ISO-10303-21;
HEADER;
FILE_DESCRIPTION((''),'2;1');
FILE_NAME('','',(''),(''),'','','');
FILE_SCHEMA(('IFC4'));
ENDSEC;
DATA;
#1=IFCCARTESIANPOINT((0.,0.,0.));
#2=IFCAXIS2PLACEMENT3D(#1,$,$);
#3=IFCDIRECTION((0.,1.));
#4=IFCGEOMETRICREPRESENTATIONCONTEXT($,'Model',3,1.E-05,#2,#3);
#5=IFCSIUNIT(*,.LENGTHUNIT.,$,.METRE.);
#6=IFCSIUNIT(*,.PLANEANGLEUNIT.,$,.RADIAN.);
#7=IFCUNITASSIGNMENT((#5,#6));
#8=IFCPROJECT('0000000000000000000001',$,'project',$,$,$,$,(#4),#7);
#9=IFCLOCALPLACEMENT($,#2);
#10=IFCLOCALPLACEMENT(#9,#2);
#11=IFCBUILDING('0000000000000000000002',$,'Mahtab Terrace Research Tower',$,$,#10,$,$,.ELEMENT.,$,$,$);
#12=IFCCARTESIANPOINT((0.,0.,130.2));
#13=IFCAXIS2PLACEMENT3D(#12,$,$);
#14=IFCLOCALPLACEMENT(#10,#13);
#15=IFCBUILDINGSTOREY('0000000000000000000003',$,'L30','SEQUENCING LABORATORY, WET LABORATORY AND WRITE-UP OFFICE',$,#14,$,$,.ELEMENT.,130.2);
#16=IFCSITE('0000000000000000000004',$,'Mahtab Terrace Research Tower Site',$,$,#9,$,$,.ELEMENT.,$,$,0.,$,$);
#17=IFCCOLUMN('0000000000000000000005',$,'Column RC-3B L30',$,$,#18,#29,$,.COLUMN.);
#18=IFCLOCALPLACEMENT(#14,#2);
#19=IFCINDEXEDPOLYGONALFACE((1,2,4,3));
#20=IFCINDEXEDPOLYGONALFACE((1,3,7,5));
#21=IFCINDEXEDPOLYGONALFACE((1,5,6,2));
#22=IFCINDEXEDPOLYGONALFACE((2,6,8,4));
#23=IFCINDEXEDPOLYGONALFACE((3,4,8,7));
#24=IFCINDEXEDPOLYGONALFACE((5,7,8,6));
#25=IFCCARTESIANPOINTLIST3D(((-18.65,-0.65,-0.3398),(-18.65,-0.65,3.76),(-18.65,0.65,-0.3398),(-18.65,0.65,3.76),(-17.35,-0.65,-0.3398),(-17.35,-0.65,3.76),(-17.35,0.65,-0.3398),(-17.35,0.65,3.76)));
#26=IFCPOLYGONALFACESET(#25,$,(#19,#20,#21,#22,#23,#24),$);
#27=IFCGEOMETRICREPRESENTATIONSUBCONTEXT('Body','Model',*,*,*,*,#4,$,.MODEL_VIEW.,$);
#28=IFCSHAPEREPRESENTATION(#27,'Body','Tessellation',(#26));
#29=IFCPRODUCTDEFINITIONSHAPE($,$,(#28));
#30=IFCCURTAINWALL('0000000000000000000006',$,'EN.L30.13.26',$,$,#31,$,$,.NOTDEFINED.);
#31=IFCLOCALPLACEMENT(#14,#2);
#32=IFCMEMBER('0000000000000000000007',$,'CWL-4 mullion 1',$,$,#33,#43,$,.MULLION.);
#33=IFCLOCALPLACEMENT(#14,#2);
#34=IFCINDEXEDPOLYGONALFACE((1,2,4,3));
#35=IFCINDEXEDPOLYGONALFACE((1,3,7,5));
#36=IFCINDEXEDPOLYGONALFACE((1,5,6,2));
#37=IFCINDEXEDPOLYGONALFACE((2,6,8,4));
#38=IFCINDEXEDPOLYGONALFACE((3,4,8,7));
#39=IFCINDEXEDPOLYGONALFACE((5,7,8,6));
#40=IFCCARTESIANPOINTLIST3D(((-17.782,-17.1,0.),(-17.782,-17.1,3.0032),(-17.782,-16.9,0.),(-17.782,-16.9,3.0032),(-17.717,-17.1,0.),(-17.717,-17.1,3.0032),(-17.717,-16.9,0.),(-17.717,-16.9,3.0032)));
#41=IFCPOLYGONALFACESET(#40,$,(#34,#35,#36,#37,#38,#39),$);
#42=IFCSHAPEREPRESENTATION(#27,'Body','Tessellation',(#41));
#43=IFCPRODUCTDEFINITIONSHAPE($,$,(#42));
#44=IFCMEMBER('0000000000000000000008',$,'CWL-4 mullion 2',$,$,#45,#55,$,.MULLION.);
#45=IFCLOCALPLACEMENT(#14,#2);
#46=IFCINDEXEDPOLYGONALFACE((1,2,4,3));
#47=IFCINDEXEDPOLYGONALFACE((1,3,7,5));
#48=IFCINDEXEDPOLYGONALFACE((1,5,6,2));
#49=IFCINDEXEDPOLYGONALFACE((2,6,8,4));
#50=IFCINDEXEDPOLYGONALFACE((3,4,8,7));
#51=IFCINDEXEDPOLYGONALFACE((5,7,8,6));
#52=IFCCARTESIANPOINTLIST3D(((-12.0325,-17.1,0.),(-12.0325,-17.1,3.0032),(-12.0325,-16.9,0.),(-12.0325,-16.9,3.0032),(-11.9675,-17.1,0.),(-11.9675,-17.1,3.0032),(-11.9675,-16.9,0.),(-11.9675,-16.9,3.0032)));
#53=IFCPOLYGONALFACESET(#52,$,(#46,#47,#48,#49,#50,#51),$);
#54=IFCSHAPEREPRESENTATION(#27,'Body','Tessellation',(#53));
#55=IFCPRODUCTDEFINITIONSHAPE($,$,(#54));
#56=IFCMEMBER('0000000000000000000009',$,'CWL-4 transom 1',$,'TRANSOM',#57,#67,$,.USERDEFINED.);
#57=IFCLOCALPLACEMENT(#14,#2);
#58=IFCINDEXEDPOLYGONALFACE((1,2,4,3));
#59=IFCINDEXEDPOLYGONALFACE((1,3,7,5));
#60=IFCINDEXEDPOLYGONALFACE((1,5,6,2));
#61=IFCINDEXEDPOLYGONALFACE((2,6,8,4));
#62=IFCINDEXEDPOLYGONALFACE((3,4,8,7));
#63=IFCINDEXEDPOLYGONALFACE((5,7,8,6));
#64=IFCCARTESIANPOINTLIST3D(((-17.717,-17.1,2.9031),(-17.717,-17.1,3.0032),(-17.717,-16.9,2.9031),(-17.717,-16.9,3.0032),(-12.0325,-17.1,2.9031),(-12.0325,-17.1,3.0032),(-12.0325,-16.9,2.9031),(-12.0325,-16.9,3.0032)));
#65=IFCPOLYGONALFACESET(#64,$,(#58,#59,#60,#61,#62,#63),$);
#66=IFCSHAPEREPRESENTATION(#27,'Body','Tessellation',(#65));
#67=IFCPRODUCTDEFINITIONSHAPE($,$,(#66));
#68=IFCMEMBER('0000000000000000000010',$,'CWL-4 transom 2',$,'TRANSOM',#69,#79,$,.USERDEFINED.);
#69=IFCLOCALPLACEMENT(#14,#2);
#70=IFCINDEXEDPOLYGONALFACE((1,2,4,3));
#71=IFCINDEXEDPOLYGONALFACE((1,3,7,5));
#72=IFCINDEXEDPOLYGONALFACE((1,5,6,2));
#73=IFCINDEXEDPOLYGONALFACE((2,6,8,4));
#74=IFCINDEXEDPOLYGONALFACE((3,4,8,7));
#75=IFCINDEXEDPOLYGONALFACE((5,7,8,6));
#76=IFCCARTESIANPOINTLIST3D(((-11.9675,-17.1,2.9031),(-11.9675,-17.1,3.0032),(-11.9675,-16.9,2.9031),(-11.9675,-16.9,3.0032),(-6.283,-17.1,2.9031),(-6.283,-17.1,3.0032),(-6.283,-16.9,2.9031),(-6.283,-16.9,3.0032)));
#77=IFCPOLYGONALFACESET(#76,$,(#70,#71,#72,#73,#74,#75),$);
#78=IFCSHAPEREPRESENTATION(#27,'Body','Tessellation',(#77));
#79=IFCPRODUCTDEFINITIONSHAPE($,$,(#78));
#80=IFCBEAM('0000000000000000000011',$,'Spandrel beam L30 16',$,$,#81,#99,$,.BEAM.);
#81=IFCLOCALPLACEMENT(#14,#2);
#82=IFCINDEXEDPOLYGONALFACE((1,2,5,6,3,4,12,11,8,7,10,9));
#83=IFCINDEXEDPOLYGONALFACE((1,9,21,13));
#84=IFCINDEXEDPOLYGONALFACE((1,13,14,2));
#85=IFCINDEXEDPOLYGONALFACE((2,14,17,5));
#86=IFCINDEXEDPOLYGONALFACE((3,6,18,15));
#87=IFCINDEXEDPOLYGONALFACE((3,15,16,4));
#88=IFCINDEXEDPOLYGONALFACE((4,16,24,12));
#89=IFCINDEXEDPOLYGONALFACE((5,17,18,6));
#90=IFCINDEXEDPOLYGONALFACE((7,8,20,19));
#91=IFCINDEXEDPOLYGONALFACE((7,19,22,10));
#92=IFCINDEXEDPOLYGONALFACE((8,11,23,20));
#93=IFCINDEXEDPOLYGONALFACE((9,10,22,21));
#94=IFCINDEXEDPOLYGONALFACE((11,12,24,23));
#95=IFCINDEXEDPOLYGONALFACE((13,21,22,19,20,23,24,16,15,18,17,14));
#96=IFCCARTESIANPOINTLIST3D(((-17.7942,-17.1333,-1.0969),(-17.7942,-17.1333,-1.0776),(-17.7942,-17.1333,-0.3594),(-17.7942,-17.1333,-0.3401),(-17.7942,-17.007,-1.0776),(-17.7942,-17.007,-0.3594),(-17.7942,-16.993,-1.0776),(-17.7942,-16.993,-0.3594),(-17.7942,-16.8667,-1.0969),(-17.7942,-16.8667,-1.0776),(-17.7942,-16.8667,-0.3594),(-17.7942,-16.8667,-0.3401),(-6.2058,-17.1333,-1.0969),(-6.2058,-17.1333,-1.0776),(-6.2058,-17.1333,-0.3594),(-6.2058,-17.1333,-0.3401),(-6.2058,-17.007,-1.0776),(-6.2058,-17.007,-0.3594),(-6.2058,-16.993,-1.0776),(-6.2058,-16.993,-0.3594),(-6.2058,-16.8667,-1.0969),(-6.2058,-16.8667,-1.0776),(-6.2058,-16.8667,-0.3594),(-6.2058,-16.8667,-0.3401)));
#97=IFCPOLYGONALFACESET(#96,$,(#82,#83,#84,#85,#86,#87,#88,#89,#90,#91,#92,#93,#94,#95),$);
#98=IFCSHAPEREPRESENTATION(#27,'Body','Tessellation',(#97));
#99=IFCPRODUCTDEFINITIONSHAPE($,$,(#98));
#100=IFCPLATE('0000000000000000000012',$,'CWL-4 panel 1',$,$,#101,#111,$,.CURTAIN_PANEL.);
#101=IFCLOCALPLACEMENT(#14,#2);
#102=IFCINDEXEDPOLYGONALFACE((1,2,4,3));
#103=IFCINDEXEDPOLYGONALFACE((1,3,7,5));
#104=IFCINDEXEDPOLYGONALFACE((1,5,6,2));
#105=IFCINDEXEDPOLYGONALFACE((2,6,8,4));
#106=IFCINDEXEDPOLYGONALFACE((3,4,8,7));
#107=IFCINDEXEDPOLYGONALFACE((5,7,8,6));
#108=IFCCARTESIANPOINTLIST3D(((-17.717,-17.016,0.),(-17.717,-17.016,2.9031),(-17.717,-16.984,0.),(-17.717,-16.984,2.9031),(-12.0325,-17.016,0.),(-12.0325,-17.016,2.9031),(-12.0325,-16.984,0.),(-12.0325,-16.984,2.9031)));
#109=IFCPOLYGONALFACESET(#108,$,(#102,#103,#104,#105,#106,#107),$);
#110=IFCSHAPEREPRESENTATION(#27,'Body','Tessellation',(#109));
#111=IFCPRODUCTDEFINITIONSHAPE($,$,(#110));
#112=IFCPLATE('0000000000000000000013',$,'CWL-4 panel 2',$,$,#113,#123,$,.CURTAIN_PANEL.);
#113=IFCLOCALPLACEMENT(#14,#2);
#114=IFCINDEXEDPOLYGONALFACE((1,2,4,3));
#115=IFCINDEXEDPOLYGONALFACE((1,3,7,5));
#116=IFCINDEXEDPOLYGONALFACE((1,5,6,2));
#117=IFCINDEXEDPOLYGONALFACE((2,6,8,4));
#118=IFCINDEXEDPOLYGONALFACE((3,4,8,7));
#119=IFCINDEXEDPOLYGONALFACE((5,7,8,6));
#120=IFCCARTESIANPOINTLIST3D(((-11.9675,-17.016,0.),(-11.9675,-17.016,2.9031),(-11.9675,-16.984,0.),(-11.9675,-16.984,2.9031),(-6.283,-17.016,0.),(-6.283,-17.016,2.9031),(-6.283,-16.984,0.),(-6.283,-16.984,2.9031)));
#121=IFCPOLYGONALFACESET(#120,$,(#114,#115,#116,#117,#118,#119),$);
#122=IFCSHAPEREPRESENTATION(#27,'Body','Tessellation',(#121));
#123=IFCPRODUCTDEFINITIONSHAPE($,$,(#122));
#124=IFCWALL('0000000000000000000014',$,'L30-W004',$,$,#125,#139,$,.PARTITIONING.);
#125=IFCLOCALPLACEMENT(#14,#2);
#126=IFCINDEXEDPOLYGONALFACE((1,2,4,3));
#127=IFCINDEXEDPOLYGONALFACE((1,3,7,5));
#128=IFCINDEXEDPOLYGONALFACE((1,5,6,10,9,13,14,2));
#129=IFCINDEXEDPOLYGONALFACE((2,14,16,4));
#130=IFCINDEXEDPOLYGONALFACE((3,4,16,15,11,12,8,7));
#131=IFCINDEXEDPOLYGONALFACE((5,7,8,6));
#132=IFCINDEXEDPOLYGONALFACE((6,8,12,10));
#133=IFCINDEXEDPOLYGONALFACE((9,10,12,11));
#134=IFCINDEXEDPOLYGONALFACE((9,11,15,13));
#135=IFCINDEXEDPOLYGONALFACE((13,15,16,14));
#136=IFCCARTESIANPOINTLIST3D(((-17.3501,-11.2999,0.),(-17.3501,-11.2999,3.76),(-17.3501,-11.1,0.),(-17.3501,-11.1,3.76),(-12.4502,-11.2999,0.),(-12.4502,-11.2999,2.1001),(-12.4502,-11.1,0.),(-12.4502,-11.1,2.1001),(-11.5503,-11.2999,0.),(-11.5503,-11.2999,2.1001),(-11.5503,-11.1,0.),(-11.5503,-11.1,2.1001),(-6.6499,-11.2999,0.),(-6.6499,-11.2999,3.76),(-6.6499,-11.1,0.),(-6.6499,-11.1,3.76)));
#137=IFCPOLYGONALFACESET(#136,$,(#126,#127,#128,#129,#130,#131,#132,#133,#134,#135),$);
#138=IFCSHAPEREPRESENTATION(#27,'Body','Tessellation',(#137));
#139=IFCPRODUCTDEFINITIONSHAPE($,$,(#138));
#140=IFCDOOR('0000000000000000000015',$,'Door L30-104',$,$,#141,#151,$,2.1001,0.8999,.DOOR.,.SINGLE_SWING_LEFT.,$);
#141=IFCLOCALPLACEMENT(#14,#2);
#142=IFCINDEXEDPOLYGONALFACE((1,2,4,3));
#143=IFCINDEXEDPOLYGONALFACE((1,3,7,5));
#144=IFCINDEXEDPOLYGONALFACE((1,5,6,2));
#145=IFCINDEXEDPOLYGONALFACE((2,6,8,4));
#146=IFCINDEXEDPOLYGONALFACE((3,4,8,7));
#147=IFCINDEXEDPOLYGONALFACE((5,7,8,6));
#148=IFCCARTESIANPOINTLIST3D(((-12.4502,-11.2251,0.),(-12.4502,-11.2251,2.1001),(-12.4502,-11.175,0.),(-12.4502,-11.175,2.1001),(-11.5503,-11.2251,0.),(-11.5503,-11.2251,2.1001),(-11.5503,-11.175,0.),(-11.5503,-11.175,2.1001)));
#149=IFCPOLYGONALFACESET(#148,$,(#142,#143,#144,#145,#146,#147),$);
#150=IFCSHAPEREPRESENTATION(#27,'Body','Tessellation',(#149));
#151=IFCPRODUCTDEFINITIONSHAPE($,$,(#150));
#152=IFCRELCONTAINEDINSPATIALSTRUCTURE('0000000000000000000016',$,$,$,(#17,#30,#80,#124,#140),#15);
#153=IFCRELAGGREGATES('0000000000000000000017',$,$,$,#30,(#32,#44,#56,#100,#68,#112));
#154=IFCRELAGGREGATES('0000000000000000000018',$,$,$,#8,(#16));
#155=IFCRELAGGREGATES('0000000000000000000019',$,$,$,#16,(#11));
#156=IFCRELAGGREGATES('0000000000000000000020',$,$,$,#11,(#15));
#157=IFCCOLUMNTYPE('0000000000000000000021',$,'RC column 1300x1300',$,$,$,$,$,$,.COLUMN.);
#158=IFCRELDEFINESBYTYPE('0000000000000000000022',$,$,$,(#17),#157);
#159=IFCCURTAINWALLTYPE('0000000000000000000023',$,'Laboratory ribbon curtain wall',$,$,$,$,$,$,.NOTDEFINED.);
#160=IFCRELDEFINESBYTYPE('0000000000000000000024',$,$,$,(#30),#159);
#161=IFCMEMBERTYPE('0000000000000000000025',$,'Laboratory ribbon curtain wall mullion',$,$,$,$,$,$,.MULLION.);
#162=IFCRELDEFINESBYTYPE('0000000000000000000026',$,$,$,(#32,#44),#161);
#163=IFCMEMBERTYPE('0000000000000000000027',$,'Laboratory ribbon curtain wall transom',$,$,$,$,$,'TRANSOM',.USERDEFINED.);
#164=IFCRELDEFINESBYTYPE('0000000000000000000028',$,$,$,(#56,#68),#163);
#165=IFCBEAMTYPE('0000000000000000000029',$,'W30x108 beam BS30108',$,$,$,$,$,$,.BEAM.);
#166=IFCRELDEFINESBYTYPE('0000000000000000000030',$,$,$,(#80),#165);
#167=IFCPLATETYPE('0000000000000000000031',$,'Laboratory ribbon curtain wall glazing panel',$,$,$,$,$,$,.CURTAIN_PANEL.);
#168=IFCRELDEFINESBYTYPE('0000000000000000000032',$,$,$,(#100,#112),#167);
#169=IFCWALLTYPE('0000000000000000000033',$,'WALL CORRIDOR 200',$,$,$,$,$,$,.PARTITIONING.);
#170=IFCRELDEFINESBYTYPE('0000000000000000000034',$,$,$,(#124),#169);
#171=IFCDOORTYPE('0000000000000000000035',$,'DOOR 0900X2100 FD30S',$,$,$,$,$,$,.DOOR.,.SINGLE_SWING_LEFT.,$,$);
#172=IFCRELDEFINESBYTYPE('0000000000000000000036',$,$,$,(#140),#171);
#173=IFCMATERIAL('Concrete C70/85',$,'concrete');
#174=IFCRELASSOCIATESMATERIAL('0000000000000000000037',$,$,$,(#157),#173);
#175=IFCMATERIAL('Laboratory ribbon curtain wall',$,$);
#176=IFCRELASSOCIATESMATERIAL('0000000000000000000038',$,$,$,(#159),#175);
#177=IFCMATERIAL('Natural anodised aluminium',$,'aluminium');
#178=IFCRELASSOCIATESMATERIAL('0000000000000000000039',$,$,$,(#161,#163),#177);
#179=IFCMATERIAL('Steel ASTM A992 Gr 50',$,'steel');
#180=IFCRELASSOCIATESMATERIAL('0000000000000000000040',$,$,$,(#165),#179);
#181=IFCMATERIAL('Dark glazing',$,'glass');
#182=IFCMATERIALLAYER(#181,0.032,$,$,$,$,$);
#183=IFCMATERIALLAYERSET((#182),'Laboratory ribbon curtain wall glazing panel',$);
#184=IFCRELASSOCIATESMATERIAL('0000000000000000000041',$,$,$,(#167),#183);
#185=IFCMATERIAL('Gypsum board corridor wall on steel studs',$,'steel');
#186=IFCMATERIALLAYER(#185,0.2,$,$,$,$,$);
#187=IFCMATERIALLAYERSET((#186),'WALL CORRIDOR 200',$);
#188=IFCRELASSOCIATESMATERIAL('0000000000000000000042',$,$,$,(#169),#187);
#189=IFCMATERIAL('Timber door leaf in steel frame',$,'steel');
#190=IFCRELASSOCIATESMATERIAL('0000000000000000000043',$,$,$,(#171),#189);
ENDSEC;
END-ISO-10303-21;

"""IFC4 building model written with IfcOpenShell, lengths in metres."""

from ifc_helpers import new_model, si_unit, direction, frame, frame_2d, origin, origin_2d, place, context, subcontext, project, spatial, rectangle, i_section, extrude, material, layer, layer_set, material_profile, profile_set, type_object, element, fill, aggregate, save


model = new_model("IFC4")

# Units and contexts
model_context = context("Model", 3, precision=1e-05, world=origin(), true_north=direction((0.0, 1.0)))
body_context = subcontext(model_context, "Body", "Model", "MODEL_VIEW")
ifc_project = project(units=[si_unit("LENGTHUNIT", "METRE"), si_unit("PLANEANGLEUNIT", "RADIAN")], contexts=[model_context])

# Site, building, storey
site_placement = place(None, origin())
site = spatial("IfcSite", under=ifc_project, at=site_placement, Name="Mahtab Terrace Research Tower Site", CompositionType="ELEMENT", RefElevation=0.0)
building_placement = place(site_placement, origin())
building = spatial("IfcBuilding", under=site, at=building_placement, Name="Mahtab Terrace Research Tower", CompositionType="ELEMENT")
storey_placement = place(building_placement, frame((0.0, 0.0, 130.2)))
storey = spatial("IfcBuildingStorey", under=building, at=storey_placement, Name="L30", Description="SEQUENCING LABORATORY, WET LABORATORY AND WRITE-UP OFFICE", CompositionType="ELEMENT", Elevation=130.2)

# Column
ifc_material_1 = material(Name="Concrete C70/85", Category="concrete")
ifc_material_profile_1 = material_profile(ifc_material_1, rectangle(XDim=1.3, YDim=1.3, at=origin_2d()), Name="RC column 1300x1300")
ifc_profile_set_1 = profile_set([ifc_material_profile_1], Name="Concrete C70/85")
column_type = type_object("IfcColumnType", Name="RC column 1300x1300", PredefinedType="COLUMN", material=ifc_profile_set_1)
column_placement = place(storey_placement, frame((-18.0, 0.0, -0.3398), z_axis=(0.0, 0.0, 1.0), x_axis=(1.0, 0.0, 0.0)))
element("IfcColumn", 1, at=column_placement, inside=storey, type_object=column_type, Name="Column RC-3B L30", PredefinedType="COLUMN", context=body_context, shape_type="SweptSolid", body=[
    extrude(rectangle(XDim=1.3, YDim=1.3, at=origin_2d()), origin(), (0.0, 0.0, 1.0), 4.0999),
])

# Curtain wall, members
ifc_material_2 = material(Name="Laboratory ribbon curtain wall")
curtain_wall_type = type_object("IfcCurtainWallType", Name="Laboratory ribbon curtain wall", PredefinedType="NOTDEFINED", material=ifc_material_2)
curtain_wall_placement = place(storey_placement, origin())
curtain_wall = element("IfcCurtainWall", 2, at=curtain_wall_placement, inside=storey, type_object=curtain_wall_type, Name="EN.L30.13.26", PredefinedType="NOTDEFINED")
ifc_material_3 = material(Name="Natural anodised aluminium", Category="aluminium")
ifc_material_profile_2 = material_profile(ifc_material_3, rectangle(XDim=0.2, YDim=0.0649, at=origin_2d()), Name="MULLION 65x200")
ifc_profile_set_2 = profile_set([ifc_material_profile_2], Name="Natural anodised aluminium")
member_type_1 = type_object("IfcMemberType", Name="Laboratory ribbon curtain wall mullion", PredefinedType="MULLION", material=ifc_profile_set_2)
member_1_placement = place(storey_placement, frame((-17.7495, -17.0, 0.0), z_axis=(0.0, 0.0, 1.0), x_axis=(0.0, 1.0, 0.0)))
member_1 = element("IfcMember", 3, at=member_1_placement, type_object=member_type_1, Name="CWL-4 mullion 1", PredefinedType="MULLION", context=body_context, shape_type="SweptSolid", body=[
    extrude(rectangle(XDim=0.2, YDim=0.0649, at=origin_2d()), origin(), (0.0, 0.0, 1.0), 3.0032),
])
member_2_placement = place(storey_placement, frame((-12.0, -17.0, 0.0), z_axis=(0.0, 0.0, 1.0), x_axis=(0.0, 1.0, 0.0)))
member_2 = element("IfcMember", 4, at=member_2_placement, type_object=member_type_1, Name="CWL-4 mullion 2", PredefinedType="MULLION", context=body_context, shape_type="SweptSolid", body=[
    extrude(rectangle(XDim=0.2, YDim=0.0649, at=origin_2d()), origin(), (0.0, 0.0, 1.0), 3.0032),
])
ifc_material_profile_3 = material_profile(ifc_material_3, rectangle(XDim=0.2, YDim=0.1001, at=origin_2d()), Name="TRANSOM 100x200")
ifc_profile_set_3 = profile_set([ifc_material_profile_3], Name="Natural anodised aluminium")
member_type_2 = type_object("IfcMemberType", Name="Laboratory ribbon curtain wall transom", ElementType="TRANSOM", PredefinedType="USERDEFINED", material=ifc_profile_set_3)
member_3_placement = place(storey_placement, frame((-17.717, -17.0, 2.9531), z_axis=(1.0, 0.0, 0.0), x_axis=(0.0, 1.0, 0.0)))
member_3 = element("IfcMember", 5, at=member_3_placement, type_object=member_type_2, Name="CWL-4 transom 1", ObjectType="TRANSOM", PredefinedType="USERDEFINED", context=body_context, shape_type="SweptSolid", body=[
    extrude(rectangle(XDim=0.2, YDim=0.1001, at=origin_2d()), origin(), (0.0, 0.0, 1.0), 5.6846),
])
member_4_placement = place(storey_placement, frame((-11.9675, -17.0, 2.9531), z_axis=(1.0, 0.0, 0.0), x_axis=(0.0, 1.0, 0.0)))
member_4 = element("IfcMember", 6, at=member_4_placement, type_object=member_type_2, Name="CWL-4 transom 2", ObjectType="TRANSOM", PredefinedType="USERDEFINED", context=body_context, shape_type="SweptSolid", body=[
    extrude(rectangle(XDim=0.2, YDim=0.1001, at=origin_2d()), origin(), (0.0, 0.0, 1.0), 5.6846),
])

# Beam
ifc_material_4 = material(Name="Steel ASTM A992 Gr 50", Category="steel")
ifc_material_profile_4 = material_profile(ifc_material_4, i_section(OverallWidth=0.2666, OverallDepth=0.7568, WebThickness=0.0139, FlangeThickness=0.0193, at=origin_2d()), Name="W30X108")
ifc_profile_set_4 = profile_set([ifc_material_profile_4], Name="Steel ASTM A992 Gr 50")
beam_type = type_object("IfcBeamType", Name="W30x108 beam BS30108", PredefinedType="BEAM", material=ifc_profile_set_4)
beam_placement = place(storey_placement, frame((-17.7942, -17.0, -0.7185), z_axis=(1.0, 0.0, 0.0), x_axis=(0.0, 1.0, 0.0)))
element("IfcBeam", 7, at=beam_placement, inside=storey, type_object=beam_type, Name="Spandrel beam L30 16", PredefinedType="BEAM", context=body_context, shape_type="SweptSolid", body=[
    extrude(i_section(OverallWidth=0.2666, OverallDepth=0.7568, WebThickness=0.0139, FlangeThickness=0.0193, at=origin_2d()), origin(), (0.0, 0.0, 1.0), 11.5884),
])

# Plates
ifc_material_5 = material(Name="Dark glazing", Category="glass")
ifc_layer_1 = layer(ifc_material_5, 0.032)
ifc_layer_set_1 = layer_set([ifc_layer_1], Name="Laboratory ribbon curtain wall glazing panel")
plate_type = type_object("IfcPlateType", Name="Laboratory ribbon curtain wall glazing panel", PredefinedType="CURTAIN_PANEL", material=ifc_layer_set_1)
plate_1_placement = place(storey_placement, frame((-14.8748, -17.0, 0.0), z_axis=(0.0, 0.0, 1.0), x_axis=(1.0, 0.0, 0.0)))
plate_1 = element("IfcPlate", 8, at=plate_1_placement, type_object=plate_type, Name="CWL-4 panel 1", PredefinedType="CURTAIN_PANEL", context=body_context, shape_type="SweptSolid", body=[
    extrude(rectangle(XDim=5.6846, YDim=0.032, at=origin_2d()), origin(), (0.0, 0.0, 1.0), 2.9031),
])
plate_2_placement = place(storey_placement, frame((-9.1252, -17.0, 0.0), z_axis=(0.0, 0.0, 1.0), x_axis=(1.0, 0.0, 0.0)))
plate_2 = element("IfcPlate", 9, at=plate_2_placement, type_object=plate_type, Name="CWL-4 panel 2", PredefinedType="CURTAIN_PANEL", context=body_context, shape_type="SweptSolid", body=[
    extrude(rectangle(XDim=5.6846, YDim=0.032, at=origin_2d()), origin(), (0.0, 0.0, 1.0), 2.9031),
])
aggregate(curtain_wall, [member_1, member_2, member_3, plate_1, member_4, plate_2])

# Wall, opening, door
ifc_material_6 = material(Name="Gypsum board corridor wall on steel studs", Category="steel")
ifc_layer_2 = layer(ifc_material_6, 0.2)
ifc_layer_set_2 = layer_set([ifc_layer_2], Name="WALL CORRIDOR 200")
wall_type_1 = type_object("IfcWallType", Name="WALL CORRIDOR 200", PredefinedType="PARTITIONING", material=ifc_layer_set_2)
wall_1_placement = place(storey_placement, frame((-17.3501, -11.2, 0.0), z_axis=(0.0, 0.0, 1.0), x_axis=(1.0, 0.0, 0.0)))
wall_1 = element("IfcWall", 10, at=wall_1_placement, inside=storey, type_object=wall_type_1, Name="L30-W004", PredefinedType="PARTITIONING", context=body_context, shape_type="SweptSolid", body=[
    extrude(rectangle(XDim=10.7002, YDim=0.2, at=frame_2d((5.3501, 0.0))), origin(), (0.0, 0.0, 1.0), 3.76),
])
opening_1_placement = place(wall_1_placement, frame((4.8999, 0.0, 0.0)))
opening_1 = element("IfcOpeningElement", 11, at=opening_1_placement, cuts=wall_1, PredefinedType="OPENING", context=body_context, shape_type="SweptSolid", body=[
    extrude(rectangle(XDim=0.8999, YDim=2.1001, at=frame_2d((0.45, 1.05))), frame((0.0, 0.1099, 0.0), z_axis=(0.0, -1.0, 0.0), x_axis=(1.0, 0.0, 0.0)), (0.0, 0.0, 1.0), 0.22),
])
ifc_material_7 = material(Name="Timber door leaf in steel frame", Category="steel")
door_type_1 = type_object("IfcDoorType", Name="DOOR 0900X2100 FD30S", OperationType="SINGLE_SWING_LEFT", PredefinedType="DOOR", material=ifc_material_7)
door_1_placement = place(opening_1_placement, origin())
door_1 = element("IfcDoor", 12, at=door_1_placement, inside=storey, type_object=door_type_1, Name="Door L30-104", OperationType="SINGLE_SWING_LEFT", OverallHeight=2.1001, OverallWidth=0.8999, PredefinedType="DOOR", context=body_context, shape_type="SweptSolid", body=[
    extrude(rectangle(XDim=0.8999, YDim=2.1001, at=frame_2d((0.45, 1.05))), frame((0.0, 0.0249, 0.0), z_axis=(0.0, -1.0, 0.0), x_axis=(1.0, 0.0, 0.0)), (0.0, 0.0, 1.0), 0.05),
])
fill(opening_1, door_1)

save(model, "model.ifc")
